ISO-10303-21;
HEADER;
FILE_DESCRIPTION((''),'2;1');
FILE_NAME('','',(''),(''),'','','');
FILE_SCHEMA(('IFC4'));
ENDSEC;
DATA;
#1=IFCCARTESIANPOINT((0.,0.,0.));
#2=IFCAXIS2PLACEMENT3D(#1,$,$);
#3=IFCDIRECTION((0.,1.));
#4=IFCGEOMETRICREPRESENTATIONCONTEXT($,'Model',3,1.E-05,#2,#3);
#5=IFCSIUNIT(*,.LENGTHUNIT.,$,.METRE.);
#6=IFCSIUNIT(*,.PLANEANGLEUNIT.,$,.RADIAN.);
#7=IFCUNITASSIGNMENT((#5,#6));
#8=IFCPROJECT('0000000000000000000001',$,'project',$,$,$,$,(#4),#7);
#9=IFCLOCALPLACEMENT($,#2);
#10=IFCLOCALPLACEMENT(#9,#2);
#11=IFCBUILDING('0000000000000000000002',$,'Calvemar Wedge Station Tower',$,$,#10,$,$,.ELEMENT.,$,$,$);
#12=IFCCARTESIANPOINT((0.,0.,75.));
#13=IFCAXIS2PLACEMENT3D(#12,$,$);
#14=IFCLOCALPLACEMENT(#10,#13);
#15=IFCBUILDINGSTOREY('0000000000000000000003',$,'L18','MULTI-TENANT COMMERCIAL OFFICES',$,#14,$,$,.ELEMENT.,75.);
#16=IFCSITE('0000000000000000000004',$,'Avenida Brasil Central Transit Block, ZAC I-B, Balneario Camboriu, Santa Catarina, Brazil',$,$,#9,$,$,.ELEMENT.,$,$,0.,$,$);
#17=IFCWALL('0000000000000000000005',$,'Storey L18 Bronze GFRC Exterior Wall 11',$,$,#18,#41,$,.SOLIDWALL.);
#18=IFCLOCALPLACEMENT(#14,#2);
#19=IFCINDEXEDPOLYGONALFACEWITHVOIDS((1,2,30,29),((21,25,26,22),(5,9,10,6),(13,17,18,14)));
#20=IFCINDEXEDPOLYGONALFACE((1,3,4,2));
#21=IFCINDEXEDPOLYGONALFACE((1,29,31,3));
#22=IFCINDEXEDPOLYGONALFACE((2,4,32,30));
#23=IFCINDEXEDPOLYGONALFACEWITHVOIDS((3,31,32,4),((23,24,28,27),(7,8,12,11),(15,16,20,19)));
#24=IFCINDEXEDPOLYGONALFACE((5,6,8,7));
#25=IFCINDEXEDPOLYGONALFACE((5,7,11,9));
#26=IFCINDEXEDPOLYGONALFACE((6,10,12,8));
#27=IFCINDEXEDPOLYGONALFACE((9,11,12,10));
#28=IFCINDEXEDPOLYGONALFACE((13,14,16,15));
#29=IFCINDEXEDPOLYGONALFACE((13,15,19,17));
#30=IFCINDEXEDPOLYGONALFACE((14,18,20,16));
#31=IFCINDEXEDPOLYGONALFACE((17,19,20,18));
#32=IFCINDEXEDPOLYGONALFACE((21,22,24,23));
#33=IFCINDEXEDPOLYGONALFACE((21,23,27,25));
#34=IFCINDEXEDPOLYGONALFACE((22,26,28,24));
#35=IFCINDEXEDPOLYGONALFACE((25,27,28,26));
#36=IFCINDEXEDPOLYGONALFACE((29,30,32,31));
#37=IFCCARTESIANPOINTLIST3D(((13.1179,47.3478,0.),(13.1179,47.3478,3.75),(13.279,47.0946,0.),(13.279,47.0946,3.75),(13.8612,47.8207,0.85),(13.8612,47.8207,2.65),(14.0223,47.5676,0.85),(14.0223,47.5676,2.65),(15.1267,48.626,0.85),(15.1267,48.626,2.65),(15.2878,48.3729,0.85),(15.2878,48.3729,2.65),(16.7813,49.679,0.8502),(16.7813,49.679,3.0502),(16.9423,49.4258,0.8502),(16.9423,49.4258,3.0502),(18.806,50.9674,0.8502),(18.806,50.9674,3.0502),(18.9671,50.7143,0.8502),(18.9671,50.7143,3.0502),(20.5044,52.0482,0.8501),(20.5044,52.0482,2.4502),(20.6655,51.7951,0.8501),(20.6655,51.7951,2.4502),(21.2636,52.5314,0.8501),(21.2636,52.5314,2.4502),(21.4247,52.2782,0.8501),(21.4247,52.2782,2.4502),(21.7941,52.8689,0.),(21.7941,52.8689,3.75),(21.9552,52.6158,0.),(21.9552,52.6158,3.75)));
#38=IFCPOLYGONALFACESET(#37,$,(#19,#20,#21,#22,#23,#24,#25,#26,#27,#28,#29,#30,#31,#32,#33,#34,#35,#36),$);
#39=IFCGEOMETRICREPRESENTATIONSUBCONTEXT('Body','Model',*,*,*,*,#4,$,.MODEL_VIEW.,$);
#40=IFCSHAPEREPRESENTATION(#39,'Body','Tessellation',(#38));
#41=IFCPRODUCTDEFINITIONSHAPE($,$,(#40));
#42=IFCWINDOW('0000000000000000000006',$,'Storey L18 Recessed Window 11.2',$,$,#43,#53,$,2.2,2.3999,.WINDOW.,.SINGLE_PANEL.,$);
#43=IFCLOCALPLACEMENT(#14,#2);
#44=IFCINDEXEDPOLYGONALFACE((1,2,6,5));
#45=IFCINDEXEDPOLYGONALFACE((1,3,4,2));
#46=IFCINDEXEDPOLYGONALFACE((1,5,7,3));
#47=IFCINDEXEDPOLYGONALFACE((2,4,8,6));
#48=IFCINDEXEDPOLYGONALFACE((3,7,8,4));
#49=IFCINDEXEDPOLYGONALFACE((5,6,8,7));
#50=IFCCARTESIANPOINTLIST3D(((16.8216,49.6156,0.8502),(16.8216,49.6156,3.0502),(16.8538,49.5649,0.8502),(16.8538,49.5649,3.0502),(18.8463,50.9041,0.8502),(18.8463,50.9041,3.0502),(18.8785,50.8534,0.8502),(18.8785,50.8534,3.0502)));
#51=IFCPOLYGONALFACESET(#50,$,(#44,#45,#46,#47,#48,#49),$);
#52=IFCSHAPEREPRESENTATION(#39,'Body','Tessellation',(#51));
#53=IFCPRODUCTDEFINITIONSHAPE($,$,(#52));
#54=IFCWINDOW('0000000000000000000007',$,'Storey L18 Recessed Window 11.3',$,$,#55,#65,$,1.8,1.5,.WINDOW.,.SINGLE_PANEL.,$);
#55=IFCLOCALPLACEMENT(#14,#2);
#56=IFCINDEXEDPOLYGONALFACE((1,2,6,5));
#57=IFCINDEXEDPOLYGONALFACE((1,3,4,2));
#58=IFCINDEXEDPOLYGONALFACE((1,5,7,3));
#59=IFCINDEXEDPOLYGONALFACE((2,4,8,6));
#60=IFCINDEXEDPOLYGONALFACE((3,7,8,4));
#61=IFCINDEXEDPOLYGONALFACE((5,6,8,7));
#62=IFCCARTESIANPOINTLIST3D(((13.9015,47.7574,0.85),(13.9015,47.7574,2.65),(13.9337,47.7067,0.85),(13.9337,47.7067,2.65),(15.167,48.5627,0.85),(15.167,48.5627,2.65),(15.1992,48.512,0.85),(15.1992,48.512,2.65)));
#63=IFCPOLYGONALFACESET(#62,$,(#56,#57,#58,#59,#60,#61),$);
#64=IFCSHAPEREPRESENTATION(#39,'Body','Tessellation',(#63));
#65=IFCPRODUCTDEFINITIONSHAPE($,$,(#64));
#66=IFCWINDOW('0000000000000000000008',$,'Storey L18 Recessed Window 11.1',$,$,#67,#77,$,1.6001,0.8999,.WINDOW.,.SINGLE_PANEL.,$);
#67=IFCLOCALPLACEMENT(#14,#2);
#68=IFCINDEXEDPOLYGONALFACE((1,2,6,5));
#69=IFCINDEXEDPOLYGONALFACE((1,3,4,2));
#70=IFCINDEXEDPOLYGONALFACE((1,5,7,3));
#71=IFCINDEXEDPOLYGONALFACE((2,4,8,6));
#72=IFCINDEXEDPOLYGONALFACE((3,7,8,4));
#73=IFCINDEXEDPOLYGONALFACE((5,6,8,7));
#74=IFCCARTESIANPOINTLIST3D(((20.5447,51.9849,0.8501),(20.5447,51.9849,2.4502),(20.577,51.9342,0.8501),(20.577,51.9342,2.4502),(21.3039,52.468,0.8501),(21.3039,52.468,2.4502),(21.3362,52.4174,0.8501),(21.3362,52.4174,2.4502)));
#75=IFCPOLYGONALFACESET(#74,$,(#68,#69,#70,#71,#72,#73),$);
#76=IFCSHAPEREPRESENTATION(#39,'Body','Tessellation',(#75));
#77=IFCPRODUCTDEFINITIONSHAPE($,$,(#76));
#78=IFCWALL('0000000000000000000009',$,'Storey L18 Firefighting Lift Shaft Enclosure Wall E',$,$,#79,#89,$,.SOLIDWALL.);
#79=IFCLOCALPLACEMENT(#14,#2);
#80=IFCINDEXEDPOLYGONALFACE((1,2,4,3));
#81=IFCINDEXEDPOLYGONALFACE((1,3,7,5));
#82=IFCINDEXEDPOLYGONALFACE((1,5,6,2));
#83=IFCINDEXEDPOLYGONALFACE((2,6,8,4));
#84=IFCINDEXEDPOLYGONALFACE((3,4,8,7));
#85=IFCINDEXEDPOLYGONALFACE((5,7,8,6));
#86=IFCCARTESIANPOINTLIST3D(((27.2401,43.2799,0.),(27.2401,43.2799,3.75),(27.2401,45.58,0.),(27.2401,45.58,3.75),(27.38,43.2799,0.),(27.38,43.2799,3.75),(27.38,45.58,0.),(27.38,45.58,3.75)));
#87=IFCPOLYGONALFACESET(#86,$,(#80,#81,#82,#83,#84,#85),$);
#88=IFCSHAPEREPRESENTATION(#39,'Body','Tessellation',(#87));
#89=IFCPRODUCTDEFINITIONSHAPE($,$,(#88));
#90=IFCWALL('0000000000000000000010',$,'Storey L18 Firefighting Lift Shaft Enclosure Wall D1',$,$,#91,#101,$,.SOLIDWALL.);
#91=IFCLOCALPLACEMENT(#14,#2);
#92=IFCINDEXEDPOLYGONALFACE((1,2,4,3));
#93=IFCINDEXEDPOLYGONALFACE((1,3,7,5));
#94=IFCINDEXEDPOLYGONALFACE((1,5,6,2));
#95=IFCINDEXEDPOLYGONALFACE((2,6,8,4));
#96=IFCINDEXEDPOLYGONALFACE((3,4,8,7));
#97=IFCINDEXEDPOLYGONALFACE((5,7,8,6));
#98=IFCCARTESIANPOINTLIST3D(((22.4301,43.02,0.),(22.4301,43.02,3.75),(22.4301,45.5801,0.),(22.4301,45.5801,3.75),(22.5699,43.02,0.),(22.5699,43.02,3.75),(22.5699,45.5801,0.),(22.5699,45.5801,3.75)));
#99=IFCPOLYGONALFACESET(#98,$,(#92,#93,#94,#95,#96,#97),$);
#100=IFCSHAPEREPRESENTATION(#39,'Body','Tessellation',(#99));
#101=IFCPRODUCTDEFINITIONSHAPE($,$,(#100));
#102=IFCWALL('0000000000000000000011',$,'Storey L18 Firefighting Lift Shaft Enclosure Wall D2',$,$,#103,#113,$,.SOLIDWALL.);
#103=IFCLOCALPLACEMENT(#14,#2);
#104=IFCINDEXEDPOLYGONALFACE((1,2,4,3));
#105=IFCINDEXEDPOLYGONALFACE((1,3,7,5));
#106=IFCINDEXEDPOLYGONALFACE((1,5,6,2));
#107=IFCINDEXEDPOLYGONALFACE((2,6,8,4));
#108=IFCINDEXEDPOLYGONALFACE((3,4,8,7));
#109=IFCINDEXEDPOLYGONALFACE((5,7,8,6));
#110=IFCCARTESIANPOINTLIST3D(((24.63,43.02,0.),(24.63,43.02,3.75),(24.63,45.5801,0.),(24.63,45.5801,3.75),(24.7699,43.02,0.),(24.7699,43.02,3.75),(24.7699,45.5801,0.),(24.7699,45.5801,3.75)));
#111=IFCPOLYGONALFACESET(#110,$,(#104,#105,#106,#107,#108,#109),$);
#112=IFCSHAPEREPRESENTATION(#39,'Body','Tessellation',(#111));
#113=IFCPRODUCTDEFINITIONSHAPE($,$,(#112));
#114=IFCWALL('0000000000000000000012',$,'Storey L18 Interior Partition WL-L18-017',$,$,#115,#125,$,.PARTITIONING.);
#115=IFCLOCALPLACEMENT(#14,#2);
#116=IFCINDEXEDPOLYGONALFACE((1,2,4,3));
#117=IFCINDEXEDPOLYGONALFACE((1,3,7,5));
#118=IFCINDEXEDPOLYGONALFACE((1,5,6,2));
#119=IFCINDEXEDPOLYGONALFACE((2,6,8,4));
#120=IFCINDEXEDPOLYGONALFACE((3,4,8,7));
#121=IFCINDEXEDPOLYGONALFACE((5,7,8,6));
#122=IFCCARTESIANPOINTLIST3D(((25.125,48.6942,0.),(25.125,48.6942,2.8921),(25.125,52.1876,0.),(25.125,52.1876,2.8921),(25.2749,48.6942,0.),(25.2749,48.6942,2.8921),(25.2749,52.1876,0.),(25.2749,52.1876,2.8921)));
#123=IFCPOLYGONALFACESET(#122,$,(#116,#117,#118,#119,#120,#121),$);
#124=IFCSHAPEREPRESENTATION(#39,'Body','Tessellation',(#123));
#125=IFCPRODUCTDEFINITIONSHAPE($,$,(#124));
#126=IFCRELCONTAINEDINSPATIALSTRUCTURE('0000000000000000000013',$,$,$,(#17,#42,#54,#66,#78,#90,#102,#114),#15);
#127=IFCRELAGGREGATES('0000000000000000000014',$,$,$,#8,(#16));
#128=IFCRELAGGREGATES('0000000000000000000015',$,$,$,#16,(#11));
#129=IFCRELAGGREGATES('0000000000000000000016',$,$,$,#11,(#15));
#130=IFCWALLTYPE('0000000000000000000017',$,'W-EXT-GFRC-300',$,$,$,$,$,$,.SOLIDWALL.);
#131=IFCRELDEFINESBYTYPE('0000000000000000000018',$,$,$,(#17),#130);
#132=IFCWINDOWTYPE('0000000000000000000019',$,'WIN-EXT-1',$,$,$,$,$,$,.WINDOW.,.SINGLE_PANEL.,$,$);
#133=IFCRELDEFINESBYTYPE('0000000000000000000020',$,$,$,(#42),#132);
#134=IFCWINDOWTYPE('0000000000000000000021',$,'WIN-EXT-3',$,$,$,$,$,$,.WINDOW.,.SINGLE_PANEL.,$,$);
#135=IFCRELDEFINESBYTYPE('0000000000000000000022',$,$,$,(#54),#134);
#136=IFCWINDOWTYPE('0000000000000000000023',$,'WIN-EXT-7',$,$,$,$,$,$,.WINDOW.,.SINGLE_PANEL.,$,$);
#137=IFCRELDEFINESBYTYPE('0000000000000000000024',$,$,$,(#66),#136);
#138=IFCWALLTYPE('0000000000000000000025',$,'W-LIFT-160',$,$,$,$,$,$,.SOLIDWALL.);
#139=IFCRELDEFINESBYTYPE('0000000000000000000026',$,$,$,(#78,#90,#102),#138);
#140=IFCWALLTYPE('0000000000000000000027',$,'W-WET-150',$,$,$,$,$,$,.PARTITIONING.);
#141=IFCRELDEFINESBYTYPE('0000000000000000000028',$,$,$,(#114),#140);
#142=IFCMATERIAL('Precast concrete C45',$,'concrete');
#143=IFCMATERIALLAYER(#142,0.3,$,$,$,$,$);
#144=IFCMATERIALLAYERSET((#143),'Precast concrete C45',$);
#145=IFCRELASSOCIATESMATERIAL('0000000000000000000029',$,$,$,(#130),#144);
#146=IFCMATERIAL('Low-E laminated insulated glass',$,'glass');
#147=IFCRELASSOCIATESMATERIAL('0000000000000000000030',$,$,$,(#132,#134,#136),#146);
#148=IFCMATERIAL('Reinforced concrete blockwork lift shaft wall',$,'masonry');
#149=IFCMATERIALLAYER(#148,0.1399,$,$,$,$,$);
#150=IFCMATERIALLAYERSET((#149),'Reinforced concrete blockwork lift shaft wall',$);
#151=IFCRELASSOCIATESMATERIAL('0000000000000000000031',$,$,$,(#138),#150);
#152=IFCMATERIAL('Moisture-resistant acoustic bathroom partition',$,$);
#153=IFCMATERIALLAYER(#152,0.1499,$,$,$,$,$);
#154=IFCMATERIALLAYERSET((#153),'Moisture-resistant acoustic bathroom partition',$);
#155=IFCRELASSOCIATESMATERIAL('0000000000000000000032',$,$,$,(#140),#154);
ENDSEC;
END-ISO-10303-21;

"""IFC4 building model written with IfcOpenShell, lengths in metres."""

from ifc_helpers import new_model, si_unit, direction, frame, frame_2d, origin, place, context, subcontext, project, spatial, rectangle, extrude, source, transform, mapped, material, layer, layer_set, type_object, element, fill, save


model = new_model("IFC4")

# Units and contexts
model_context = context("Model", 3, precision=1e-05, world=origin(), true_north=direction((0.0, 1.0)))
body_context = subcontext(model_context, "Body", "Model", "MODEL_VIEW")
ifc_project = project(units=[si_unit("LENGTHUNIT", "METRE"), si_unit("PLANEANGLEUNIT", "RADIAN")], contexts=[model_context])

# Site, building, storey
site_placement = place(None, origin())
site = spatial("IfcSite", under=ifc_project, at=site_placement, Name="Avenida Brasil Central Transit Block, ZAC I-B, Balneario Camboriu, Santa Catarina, Brazil", CompositionType="ELEMENT", RefElevation=0.0)
building_placement = place(site_placement, origin())
building = spatial("IfcBuilding", under=site, at=building_placement, Name="Calvemar Wedge Station Tower", CompositionType="ELEMENT")
storey_placement = place(building_placement, frame((0.0, 0.0, 75.0)))
storey = spatial("IfcBuildingStorey", under=building, at=storey_placement, Name="L18", Description="MULTI-TENANT COMMERCIAL OFFICES", CompositionType="ELEMENT", Elevation=75.0)

# Wall, openings, windows
ifc_material_1 = material(Name="Precast concrete C45", Category="concrete")
ifc_layer_1 = layer(ifc_material_1, 0.3)
ifc_layer_set_1 = layer_set([ifc_layer_1], Name="Precast concrete C45")
wall_type_1 = type_object("IfcWallType", Name="W-EXT-GFRC-300", PredefinedType="SOLIDWALL", material=ifc_layer_set_1)
wall_1_placement = place(storey_placement, frame((21.8748, 52.7424, 0.0), z_axis=(0.0, 0.0, 1.0), x_axis=(-0.843662, -0.536874, 0.0)))
wall_1 = element("IfcWall", 1, at=wall_1_placement, inside=storey, type_object=wall_type_1, Name="Storey L18 Bronze GFRC Exterior Wall 11", PredefinedType="SOLIDWALL", context=body_context, shape_type="SweptSolid", body=[
    extrude(rectangle(XDim=10.2839, YDim=0.3, at=frame_2d((5.1421, 0.0))), origin(), (0.0, 0.0, 1.0), 3.75),
])
shared_shape_1 = source(origin(), body_context, "Body", "SweptSolid", [
    extrude(rectangle(XDim=0.8999, YDim=1.6001, at=frame_2d((0.45, 0.8))), frame((0.0, 0.1602, 0.0), z_axis=(0.0, -1.0, 0.0), x_axis=(1.0, 0.0, 0.0)), (0.0, 0.0, 1.0), 0.3201),
])
opening_1_placement = place(wall_1_placement, frame((0.6289, 0.0, 0.8501)))
opening_1 = element("IfcOpeningElement", 2, at=opening_1_placement, cuts=wall_1, PredefinedType="OPENING", context=body_context, shape_type="MappedRepresentation", body=[
    mapped(shared_shape_1, transform((0.0, 0.0, 0.0), scale=1.0)),
])
shared_shape_2 = source(origin(), body_context, "Body", "SweptSolid", [
    extrude(rectangle(XDim=2.3999, YDim=2.2, at=frame_2d((1.2, 1.1001))), frame((0.0, 0.1602, 0.0), z_axis=(0.0, -1.0, 0.0), x_axis=(1.0, 0.0, 0.0)), (0.0, 0.0, 1.0), 0.3201),
])
opening_2_placement = place(wall_1_placement, frame((3.542, 0.0, 0.8501)))
opening_2 = element("IfcOpeningElement", 3, at=opening_2_placement, cuts=wall_1, PredefinedType="OPENING", context=body_context, shape_type="MappedRepresentation", body=[
    mapped(shared_shape_2, transform((0.0, 0.0, 0.0), scale=1.0)),
])
shared_shape_3 = source(origin(), body_context, "Body", "SweptSolid", [
    extrude(rectangle(XDim=1.5, YDim=1.8, at=frame_2d((0.75, 0.8999))), frame((0.0, 0.1602, 0.0), z_axis=(0.0, -1.0, 0.0), x_axis=(1.0, 0.0, 0.0)), (0.0, 0.0, 1.0), 0.3201),
])
opening_3_placement = place(wall_1_placement, frame((7.9031, 0.0, 0.8501)))
opening_3 = element("IfcOpeningElement", 4, at=opening_3_placement, cuts=wall_1, PredefinedType="OPENING", context=body_context, shape_type="MappedRepresentation", body=[
    mapped(shared_shape_3, transform((0.0, 0.0, 0.0), scale=1.0)),
])
ifc_material_2 = material(Name="Low-E laminated insulated glass", Category="glass")
window_type_1 = type_object("IfcWindowType", Name="WIN-EXT-1", PartitioningType="SINGLE_PANEL", PredefinedType="WINDOW", material=ifc_material_2)
shared_shape_4 = source(origin(), body_context, "Body", "SweptSolid", [
    extrude(rectangle(XDim=2.3999, YDim=2.2, at=frame_2d((1.2, 1.1001))), frame((0.0, -0.0149, 0.0), z_axis=(0.0, -1.0, 0.0), x_axis=(1.0, 0.0, 0.0)), (0.0, 0.0, 1.0), 0.0601),
])
window_1_placement = place(opening_2_placement, origin())
window_1 = element("IfcWindow", 5, at=window_1_placement, inside=storey, type_object=window_type_1, Name="Storey L18 Recessed Window 11.2", OverallHeight=2.2, OverallWidth=2.3999, PartitioningType="SINGLE_PANEL", PredefinedType="WINDOW", context=body_context, shape_type="MappedRepresentation", body=[
    mapped(shared_shape_4, transform((0.0, 0.0, 0.0), scale=1.0)),
])
fill(opening_2, window_1)
window_type_2 = type_object("IfcWindowType", Name="WIN-EXT-3", PartitioningType="SINGLE_PANEL", PredefinedType="WINDOW", material=ifc_material_2)
shared_shape_5 = source(origin(), body_context, "Body", "SweptSolid", [
    extrude(rectangle(XDim=1.5, YDim=1.8, at=frame_2d((0.75, 0.8999))), frame((0.0, -0.0149, 0.0), z_axis=(0.0, -1.0, 0.0), x_axis=(1.0, 0.0, 0.0)), (0.0, 0.0, 1.0), 0.0601),
])
window_2_placement = place(opening_3_placement, origin())
window_2 = element("IfcWindow", 6, at=window_2_placement, inside=storey, type_object=window_type_2, Name="Storey L18 Recessed Window 11.3", OverallHeight=1.8, OverallWidth=1.5, PartitioningType="SINGLE_PANEL", PredefinedType="WINDOW", context=body_context, shape_type="MappedRepresentation", body=[
    mapped(shared_shape_5, transform((0.0, 0.0, 0.0), scale=1.0)),
])
fill(opening_3, window_2)
window_type_3 = type_object("IfcWindowType", Name="WIN-EXT-7", PartitioningType="SINGLE_PANEL", PredefinedType="WINDOW", material=ifc_material_2)
shared_shape_6 = source(origin(), body_context, "Body", "SweptSolid", [
    extrude(rectangle(XDim=0.8999, YDim=1.6001, at=frame_2d((0.45, 0.8))), frame((0.0, -0.0149, 0.0), z_axis=(0.0, -1.0, 0.0), x_axis=(1.0, 0.0, 0.0)), (0.0, 0.0, 1.0), 0.0601),
])
window_3_placement = place(opening_1_placement, origin())
window_3 = element("IfcWindow", 7, at=window_3_placement, inside=storey, type_object=window_type_3, Name="Storey L18 Recessed Window 11.1", OverallHeight=1.6001, OverallWidth=0.8999, PartitioningType="SINGLE_PANEL", PredefinedType="WINDOW", context=body_context, shape_type="MappedRepresentation", body=[
    mapped(shared_shape_6, transform((0.0, 0.0, 0.0), scale=1.0)),
])
fill(opening_1, window_3)

# Walls
ifc_material_3 = material(Name="Reinforced concrete blockwork lift shaft wall", Category="masonry")
ifc_layer_2 = layer(ifc_material_3, 0.1399)
ifc_layer_set_2 = layer_set([ifc_layer_2], Name="Reinforced concrete blockwork lift shaft wall")
wall_type_2 = type_object("IfcWallType", Name="W-LIFT-160", PredefinedType="SOLIDWALL", material=ifc_layer_set_2)
wall_2_placement = place(storey_placement, frame((27.3101, 43.28, 0.0), z_axis=(0.0, 0.0, 1.0), x_axis=(0.0, 1.0, 0.0)))
element("IfcWall", 8, at=wall_2_placement, inside=storey, type_object=wall_type_2, Name="Storey L18 Firefighting Lift Shaft Enclosure Wall E", PredefinedType="SOLIDWALL", context=body_context, shape_type="SweptSolid", body=[
    extrude(rectangle(XDim=2.3, YDim=0.1399, at=frame_2d((1.1499, 0.0))), origin(), (0.0, 0.0, 1.0), 3.75),
])
for number, where, z_axis, x_axis, name in (
    (9, (22.5, 43.02, 0.0), (0.0, 0.0, 1.0), (0.0, 1.0, 0.0), "Storey L18 Firefighting Lift Shaft Enclosure Wall D1"),
    (10, (24.7, 43.02, 0.0), (0.0, 0.0, 1.0), (0.0, 1.0, 0.0), "Storey L18 Firefighting Lift Shaft Enclosure Wall D2"),
):
    element("IfcWall", number, at=place(storey_placement, frame(where, z_axis=z_axis, x_axis=x_axis)), inside=storey, type_object=wall_type_2, Name=name, PredefinedType="SOLIDWALL", context=body_context, shape_type="SweptSolid", body=[
        extrude(rectangle(XDim=2.5601, YDim=0.1399, at=frame_2d((1.28, 0.0))), origin(), (0.0, 0.0, 1.0), 3.75),
    ])
ifc_material_4 = material(Name="Moisture-resistant acoustic bathroom partition")
ifc_layer_3 = layer(ifc_material_4, 0.1499)
ifc_layer_set_3 = layer_set([ifc_layer_3], Name="Moisture-resistant acoustic bathroom partition")
wall_type_3 = type_object("IfcWallType", Name="W-WET-150", PredefinedType="PARTITIONING", material=ifc_layer_set_3)
wall_3_placement = place(storey_placement, frame((25.2, 52.1875, 0.0), z_axis=(0.0, 0.0, 1.0), x_axis=(0.0, -1.0, 0.0)))
element("IfcWall", 11, at=wall_3_placement, inside=storey, type_object=wall_type_3, Name="Storey L18 Interior Partition WL-L18-017", PredefinedType="PARTITIONING", context=body_context, shape_type="SweptSolid", body=[
    extrude(rectangle(XDim=3.4934, YDim=0.1499, at=frame_2d((1.7466, 0.0))), origin(), (0.0, 0.0, 1.0), 2.8921),
])

save(model, "model.ifc")
